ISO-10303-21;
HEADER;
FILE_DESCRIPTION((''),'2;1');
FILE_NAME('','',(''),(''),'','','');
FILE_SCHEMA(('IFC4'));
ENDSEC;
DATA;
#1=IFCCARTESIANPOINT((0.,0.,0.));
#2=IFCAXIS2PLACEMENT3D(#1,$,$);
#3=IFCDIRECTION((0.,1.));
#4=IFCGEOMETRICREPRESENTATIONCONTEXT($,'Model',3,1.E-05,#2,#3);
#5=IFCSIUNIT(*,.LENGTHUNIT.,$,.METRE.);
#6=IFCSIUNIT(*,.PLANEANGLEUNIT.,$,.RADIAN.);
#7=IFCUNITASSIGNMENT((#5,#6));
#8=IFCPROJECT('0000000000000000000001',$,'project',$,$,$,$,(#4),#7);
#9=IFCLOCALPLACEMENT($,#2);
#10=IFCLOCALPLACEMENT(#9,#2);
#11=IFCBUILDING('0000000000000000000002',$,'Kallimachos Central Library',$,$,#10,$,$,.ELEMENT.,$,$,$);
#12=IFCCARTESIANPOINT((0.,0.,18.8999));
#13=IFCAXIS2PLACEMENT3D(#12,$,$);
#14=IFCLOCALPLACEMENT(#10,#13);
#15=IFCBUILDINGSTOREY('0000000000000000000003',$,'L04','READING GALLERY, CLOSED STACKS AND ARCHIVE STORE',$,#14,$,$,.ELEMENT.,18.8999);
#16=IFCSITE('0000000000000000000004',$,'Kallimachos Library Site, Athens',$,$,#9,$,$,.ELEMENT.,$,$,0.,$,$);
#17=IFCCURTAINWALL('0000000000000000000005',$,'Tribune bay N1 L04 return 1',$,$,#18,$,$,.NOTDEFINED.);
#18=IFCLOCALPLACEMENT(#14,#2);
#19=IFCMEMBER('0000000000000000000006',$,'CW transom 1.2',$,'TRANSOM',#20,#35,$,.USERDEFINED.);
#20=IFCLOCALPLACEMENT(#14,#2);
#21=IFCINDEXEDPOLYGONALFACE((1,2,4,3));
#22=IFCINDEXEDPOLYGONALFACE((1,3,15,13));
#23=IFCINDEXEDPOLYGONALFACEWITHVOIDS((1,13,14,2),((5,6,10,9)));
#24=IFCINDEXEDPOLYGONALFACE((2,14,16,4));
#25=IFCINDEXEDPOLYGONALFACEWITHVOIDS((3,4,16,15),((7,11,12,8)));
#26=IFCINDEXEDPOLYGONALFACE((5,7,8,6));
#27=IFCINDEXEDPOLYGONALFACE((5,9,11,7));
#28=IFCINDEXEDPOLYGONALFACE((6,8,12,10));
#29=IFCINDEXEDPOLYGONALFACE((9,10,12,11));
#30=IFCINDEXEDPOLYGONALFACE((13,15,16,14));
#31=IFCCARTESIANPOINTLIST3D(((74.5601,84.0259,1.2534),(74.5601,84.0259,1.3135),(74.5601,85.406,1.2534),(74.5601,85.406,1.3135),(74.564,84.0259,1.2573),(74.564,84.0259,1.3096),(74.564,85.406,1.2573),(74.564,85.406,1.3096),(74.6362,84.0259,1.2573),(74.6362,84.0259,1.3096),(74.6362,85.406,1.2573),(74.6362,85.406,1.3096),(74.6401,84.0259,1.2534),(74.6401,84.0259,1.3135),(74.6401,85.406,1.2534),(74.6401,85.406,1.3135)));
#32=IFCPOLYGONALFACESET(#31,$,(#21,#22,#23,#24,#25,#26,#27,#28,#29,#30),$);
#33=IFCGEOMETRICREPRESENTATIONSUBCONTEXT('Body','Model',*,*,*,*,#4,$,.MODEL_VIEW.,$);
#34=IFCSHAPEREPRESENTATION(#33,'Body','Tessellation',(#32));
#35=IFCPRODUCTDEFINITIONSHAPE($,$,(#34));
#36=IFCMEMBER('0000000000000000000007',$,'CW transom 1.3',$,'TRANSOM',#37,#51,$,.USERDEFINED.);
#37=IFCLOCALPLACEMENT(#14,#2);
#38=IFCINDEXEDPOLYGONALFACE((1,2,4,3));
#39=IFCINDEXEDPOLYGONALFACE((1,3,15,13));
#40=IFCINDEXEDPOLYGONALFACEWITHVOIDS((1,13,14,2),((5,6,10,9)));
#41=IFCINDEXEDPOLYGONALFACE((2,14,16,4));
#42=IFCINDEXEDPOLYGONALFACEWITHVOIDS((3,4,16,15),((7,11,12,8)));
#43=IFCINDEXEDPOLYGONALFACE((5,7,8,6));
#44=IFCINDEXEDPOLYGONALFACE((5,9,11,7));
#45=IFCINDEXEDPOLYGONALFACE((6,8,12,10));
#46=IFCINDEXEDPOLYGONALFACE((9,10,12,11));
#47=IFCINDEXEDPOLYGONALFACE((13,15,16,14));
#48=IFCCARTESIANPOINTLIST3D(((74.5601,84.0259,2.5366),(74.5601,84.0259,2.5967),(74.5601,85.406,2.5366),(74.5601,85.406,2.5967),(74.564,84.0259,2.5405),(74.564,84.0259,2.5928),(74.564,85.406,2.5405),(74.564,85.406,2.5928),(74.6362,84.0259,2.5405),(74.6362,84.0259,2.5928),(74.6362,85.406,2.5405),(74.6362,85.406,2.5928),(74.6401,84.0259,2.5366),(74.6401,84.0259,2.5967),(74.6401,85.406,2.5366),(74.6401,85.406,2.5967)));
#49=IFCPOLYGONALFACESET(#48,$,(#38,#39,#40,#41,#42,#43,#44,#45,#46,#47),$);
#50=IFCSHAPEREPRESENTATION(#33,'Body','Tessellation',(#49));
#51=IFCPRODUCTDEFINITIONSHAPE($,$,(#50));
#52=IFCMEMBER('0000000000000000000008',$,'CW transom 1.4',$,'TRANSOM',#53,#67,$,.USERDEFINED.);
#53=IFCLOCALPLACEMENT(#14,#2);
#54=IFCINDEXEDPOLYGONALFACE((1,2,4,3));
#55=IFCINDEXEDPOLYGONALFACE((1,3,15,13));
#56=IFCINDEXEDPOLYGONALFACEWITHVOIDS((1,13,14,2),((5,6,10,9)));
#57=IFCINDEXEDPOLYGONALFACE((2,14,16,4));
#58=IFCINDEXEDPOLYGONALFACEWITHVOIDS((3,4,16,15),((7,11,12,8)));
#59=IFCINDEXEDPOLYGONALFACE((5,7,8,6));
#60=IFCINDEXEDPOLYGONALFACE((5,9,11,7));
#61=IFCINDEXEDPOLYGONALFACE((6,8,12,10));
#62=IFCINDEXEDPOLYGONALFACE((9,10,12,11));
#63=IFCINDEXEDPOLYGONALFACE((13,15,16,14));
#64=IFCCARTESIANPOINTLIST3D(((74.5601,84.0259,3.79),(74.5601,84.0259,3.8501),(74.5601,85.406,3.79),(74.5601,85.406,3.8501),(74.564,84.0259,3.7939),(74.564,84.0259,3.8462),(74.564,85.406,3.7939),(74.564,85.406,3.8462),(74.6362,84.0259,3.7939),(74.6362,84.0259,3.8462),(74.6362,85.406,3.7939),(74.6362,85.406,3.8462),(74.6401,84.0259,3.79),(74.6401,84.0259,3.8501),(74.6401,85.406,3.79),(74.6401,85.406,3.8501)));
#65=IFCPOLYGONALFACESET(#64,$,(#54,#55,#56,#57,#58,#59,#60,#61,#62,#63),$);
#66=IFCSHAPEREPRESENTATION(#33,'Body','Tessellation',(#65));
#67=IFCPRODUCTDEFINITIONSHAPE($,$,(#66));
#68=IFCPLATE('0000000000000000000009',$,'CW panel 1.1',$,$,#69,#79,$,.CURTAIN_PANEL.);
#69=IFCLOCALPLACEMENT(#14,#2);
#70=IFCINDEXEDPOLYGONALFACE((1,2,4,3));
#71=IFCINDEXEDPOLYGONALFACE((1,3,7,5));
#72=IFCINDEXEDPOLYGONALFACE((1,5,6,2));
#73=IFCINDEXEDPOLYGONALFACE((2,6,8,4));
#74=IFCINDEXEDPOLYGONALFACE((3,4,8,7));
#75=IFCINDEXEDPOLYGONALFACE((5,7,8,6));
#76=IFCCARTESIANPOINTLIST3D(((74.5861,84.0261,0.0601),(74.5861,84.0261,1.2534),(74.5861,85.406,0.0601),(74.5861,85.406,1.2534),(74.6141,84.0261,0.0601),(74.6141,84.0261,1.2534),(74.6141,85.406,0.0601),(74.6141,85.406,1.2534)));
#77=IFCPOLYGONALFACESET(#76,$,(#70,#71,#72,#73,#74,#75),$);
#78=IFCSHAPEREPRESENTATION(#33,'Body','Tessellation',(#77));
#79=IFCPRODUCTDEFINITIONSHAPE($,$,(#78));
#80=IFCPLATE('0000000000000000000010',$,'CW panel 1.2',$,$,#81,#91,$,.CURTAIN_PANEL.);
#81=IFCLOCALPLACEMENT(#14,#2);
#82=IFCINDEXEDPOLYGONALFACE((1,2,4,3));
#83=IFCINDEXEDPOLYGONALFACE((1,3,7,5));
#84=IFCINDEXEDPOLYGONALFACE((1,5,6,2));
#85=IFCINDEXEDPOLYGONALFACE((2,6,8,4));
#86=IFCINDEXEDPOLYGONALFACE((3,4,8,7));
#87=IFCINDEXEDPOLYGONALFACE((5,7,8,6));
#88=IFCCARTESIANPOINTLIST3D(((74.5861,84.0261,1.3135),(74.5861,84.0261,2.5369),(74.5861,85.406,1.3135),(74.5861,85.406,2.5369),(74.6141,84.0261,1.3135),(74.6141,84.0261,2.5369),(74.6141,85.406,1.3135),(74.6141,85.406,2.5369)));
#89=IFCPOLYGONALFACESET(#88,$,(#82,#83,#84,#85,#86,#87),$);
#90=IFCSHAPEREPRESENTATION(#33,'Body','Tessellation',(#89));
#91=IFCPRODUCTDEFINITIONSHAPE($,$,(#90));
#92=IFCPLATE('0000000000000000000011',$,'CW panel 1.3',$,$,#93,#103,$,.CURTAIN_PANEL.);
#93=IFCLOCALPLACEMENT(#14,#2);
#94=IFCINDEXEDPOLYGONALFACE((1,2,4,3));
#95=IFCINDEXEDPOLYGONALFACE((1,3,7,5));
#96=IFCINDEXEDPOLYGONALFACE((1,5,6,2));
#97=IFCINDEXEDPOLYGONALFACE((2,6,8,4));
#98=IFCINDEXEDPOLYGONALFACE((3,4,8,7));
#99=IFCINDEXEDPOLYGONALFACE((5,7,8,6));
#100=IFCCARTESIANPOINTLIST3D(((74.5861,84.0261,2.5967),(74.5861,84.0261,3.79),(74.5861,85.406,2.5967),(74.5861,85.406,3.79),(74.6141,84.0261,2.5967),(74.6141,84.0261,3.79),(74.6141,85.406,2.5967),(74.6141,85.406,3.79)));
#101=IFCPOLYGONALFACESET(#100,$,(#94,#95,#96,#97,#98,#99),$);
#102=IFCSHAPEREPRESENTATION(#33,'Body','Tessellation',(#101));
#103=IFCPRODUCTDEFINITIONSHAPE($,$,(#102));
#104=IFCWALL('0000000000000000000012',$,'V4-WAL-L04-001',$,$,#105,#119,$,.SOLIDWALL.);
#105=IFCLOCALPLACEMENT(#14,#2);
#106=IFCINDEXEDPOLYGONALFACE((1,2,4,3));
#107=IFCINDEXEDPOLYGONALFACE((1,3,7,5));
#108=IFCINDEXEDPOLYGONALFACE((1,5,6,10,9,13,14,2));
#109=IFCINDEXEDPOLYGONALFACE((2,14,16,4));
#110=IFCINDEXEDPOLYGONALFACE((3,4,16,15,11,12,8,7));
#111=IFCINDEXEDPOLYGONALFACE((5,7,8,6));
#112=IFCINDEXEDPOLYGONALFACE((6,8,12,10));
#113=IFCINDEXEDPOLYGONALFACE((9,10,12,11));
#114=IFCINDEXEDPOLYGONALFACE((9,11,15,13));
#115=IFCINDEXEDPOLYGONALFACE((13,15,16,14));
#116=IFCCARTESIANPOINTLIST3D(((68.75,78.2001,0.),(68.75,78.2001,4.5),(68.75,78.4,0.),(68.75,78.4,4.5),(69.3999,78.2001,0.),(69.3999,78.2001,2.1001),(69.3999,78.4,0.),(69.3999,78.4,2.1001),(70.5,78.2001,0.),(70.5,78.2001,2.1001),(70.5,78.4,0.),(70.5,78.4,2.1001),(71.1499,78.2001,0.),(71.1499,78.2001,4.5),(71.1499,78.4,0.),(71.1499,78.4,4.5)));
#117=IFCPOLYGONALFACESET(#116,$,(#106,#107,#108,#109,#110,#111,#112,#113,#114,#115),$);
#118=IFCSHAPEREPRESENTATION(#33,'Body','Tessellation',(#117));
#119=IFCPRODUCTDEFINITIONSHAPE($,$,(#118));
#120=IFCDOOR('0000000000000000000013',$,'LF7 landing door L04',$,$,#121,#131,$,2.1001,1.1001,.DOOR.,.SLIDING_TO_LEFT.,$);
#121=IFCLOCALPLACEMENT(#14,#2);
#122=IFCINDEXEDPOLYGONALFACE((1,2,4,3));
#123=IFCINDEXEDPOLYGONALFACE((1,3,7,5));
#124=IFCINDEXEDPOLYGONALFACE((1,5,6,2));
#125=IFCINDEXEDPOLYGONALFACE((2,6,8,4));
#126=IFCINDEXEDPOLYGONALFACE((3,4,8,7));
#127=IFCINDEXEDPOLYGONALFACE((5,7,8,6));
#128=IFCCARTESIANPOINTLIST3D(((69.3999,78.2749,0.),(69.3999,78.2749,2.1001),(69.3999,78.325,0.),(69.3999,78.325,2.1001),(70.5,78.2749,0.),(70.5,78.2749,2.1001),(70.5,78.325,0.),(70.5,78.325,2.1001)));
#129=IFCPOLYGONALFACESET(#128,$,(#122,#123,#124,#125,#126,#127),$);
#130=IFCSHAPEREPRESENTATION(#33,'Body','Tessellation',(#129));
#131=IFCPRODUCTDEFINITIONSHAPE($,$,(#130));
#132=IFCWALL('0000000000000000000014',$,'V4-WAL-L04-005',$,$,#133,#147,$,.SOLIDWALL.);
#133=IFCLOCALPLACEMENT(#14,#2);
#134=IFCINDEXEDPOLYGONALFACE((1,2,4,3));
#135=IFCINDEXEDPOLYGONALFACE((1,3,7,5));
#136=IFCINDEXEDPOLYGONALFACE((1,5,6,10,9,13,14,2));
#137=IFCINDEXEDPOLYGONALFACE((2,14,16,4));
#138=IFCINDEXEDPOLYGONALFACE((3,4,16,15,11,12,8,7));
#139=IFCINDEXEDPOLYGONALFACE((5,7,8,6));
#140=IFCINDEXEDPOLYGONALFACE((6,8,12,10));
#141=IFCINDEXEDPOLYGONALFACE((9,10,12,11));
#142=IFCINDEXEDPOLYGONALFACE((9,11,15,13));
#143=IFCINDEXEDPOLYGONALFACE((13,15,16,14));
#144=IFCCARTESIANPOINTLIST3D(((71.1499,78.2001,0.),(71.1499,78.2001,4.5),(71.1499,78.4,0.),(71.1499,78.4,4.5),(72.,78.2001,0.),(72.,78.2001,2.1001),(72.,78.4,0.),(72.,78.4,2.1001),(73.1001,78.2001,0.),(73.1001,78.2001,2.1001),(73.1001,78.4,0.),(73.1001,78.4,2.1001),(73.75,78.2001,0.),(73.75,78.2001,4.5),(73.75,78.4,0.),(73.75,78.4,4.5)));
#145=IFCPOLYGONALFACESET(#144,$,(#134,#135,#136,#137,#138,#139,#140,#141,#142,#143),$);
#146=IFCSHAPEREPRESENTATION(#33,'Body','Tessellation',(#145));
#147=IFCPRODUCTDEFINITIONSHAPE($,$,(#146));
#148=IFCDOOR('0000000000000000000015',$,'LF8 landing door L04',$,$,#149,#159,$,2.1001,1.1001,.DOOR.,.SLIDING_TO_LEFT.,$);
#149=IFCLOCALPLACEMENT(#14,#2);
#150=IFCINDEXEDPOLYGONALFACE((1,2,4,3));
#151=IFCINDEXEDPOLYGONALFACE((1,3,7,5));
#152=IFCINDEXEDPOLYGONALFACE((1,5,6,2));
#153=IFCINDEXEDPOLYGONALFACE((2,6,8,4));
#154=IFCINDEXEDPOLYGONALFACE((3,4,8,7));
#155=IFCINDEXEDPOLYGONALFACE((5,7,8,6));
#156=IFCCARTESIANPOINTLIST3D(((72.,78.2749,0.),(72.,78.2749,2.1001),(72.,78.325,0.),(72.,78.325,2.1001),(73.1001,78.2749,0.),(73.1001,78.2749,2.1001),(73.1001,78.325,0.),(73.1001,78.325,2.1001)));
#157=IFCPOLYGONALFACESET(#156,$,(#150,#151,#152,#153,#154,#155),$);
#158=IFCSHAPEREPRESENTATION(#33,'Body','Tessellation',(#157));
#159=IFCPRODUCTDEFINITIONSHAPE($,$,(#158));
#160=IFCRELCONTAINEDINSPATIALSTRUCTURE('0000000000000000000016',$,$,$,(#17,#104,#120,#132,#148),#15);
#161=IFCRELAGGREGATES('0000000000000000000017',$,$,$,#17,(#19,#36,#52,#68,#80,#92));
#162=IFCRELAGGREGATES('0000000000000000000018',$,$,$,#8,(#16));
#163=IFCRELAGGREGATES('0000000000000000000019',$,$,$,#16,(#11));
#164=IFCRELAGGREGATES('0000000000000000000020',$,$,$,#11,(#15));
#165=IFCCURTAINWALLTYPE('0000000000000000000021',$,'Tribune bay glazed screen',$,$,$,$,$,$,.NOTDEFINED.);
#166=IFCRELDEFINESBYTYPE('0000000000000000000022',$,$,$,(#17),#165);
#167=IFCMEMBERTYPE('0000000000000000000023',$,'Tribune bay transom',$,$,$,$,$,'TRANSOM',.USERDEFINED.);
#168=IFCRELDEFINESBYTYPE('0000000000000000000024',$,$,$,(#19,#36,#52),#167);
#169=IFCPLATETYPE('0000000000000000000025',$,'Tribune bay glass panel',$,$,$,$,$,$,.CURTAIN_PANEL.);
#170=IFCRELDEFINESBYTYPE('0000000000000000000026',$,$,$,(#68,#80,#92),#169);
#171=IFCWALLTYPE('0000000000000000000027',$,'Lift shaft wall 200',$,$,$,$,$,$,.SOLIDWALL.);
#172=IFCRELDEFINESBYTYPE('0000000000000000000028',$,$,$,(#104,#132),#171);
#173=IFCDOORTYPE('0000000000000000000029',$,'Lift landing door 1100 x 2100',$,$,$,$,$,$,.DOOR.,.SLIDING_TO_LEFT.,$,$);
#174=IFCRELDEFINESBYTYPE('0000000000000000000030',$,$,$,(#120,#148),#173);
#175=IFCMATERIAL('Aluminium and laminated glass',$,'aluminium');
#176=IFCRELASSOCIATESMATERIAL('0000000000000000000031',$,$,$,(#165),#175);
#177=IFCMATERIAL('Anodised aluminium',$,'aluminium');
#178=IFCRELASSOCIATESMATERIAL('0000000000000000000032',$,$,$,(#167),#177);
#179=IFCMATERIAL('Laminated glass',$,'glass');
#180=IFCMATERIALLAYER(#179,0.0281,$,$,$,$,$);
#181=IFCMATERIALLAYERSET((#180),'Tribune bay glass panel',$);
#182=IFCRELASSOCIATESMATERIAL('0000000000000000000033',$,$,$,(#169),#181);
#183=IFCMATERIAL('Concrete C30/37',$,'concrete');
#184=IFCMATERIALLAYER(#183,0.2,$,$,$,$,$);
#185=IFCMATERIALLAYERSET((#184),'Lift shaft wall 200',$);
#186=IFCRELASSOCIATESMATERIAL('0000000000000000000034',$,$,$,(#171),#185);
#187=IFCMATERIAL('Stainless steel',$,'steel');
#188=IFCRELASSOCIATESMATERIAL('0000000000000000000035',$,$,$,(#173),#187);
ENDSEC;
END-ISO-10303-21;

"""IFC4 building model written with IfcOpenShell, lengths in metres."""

from ifc_helpers import new_model, si_unit, direction, frame, frame_2d, origin, origin_2d, place, context, subcontext, project, spatial, rectangle, hollow_rectangle, extrude, material, layer, layer_set, material_profile, profile_set, type_object, element, fill, aggregate, save


model = new_model("IFC4")

# Units and contexts
model_context = context("Model", 3, precision=1e-05, world=origin(), true_north=direction((0.0, 1.0)))
body_context = subcontext(model_context, "Body", "Model", "MODEL_VIEW")
ifc_project = project(units=[si_unit("LENGTHUNIT", "METRE"), si_unit("PLANEANGLEUNIT", "RADIAN")], contexts=[model_context])

# Site, building, storey
site_placement = place(None, origin())
site = spatial("IfcSite", under=ifc_project, at=site_placement, Name="Kallimachos Library Site, Athens", CompositionType="ELEMENT", RefElevation=0.0)
building_placement = place(site_placement, origin())
building = spatial("IfcBuilding", under=site, at=building_placement, Name="Kallimachos Central Library", CompositionType="ELEMENT")
storey_placement = place(building_placement, frame((0.0, 0.0, 18.8999)))
storey = spatial("IfcBuildingStorey", under=building, at=storey_placement, Name="L04", Description="READING GALLERY, CLOSED STACKS AND ARCHIVE STORE", CompositionType="ELEMENT", Elevation=18.8999)

# Shared definitions
ifc_material_1 = material(Name="Aluminium and laminated glass", Category="aluminium")
curtain_wall_type = type_object("IfcCurtainWallType", Name="Tribune bay glazed screen", PredefinedType="NOTDEFINED", material=ifc_material_1)

# Curtain wall
curtain_wall_1_placement = place(storey_placement, origin())
curtain_wall_1 = element("IfcCurtainWall", 1, at=curtain_wall_1_placement, inside=storey, type_object=curtain_wall_type, Name="Tribune bay N1 L04 return 1", PredefinedType="NOTDEFINED")

# Members
ifc_material_2 = material(Name="Anodised aluminium", Category="aluminium")
ifc_material_profile_1 = material_profile(ifc_material_2, hollow_rectangle(XDim=0.0601, YDim=0.0801, WallThickness=0.0039, at=origin_2d()), Name="ALU TRANSOM 60x80")
ifc_profile_set_1 = profile_set([ifc_material_profile_1], Name="Anodised aluminium")
member_type_1 = type_object("IfcMemberType", Name="Tribune bay transom", ElementType="TRANSOM", PredefinedType="USERDEFINED", material=ifc_profile_set_1)
member_1_placement = place(storey_placement, frame((74.6001, 84.0259, 1.2834), z_axis=(0.0, 1.0, 0.0), x_axis=(0.0, 0.0, 1.0)))
member_1 = element("IfcMember", 2, at=member_1_placement, type_object=member_type_1, Name="CW transom 1.2", ObjectType="TRANSOM", PredefinedType="USERDEFINED", context=body_context, shape_type="SweptSolid", body=[
    extrude(hollow_rectangle(XDim=0.0601, YDim=0.0801, WallThickness=0.0039, at=origin_2d()), origin(), (0.0, 0.0, 1.0), 1.3801),
])
member_2_placement = place(storey_placement, frame((74.6001, 84.0259, 2.5667), z_axis=(0.0, 1.0, 0.0), x_axis=(0.0, 0.0, 1.0)))
member_2 = element("IfcMember", 3, at=member_2_placement, type_object=member_type_1, Name="CW transom 1.3", ObjectType="TRANSOM", PredefinedType="USERDEFINED", context=body_context, shape_type="SweptSolid", body=[
    extrude(hollow_rectangle(XDim=0.0601, YDim=0.0801, WallThickness=0.0039, at=origin_2d()), origin(), (0.0, 0.0, 1.0), 1.3801),
])
member_3_placement = place(storey_placement, frame((74.6001, 84.0259, 3.8201), z_axis=(0.0, 1.0, 0.0), x_axis=(0.0, 0.0, 1.0)))
member_3 = element("IfcMember", 4, at=member_3_placement, type_object=member_type_1, Name="CW transom 1.4", ObjectType="TRANSOM", PredefinedType="USERDEFINED", context=body_context, shape_type="SweptSolid", body=[
    extrude(hollow_rectangle(XDim=0.0601, YDim=0.0801, WallThickness=0.0039, at=origin_2d()), origin(), (0.0, 0.0, 1.0), 1.3801),
])

# Plates
ifc_material_3 = material(Name="Laminated glass", Category="glass")
ifc_layer_1 = layer(ifc_material_3, 0.0281)
ifc_layer_set_1 = layer_set([ifc_layer_1], Name="Tribune bay glass panel")
plate_type = type_object("IfcPlateType", Name="Tribune bay glass panel", PredefinedType="CURTAIN_PANEL", material=ifc_layer_set_1)
plate_1_placement = place(storey_placement, frame((74.6001, 84.7161, 0.0601), z_axis=(0.0, 0.0, 1.0), x_axis=(0.0, 1.0, 0.0)))
plate_1 = element("IfcPlate", 5, at=plate_1_placement, type_object=plate_type, Name="CW panel 1.1", PredefinedType="CURTAIN_PANEL", context=body_context, shape_type="SweptSolid", body=[
    extrude(rectangle(XDim=1.3799, YDim=0.0281, at=origin_2d()), origin(), (0.0, 0.0, 1.0), 1.1934),
])
plate_2_placement = place(storey_placement, frame((74.6001, 84.7161, 1.3135), z_axis=(0.0, 0.0, 1.0), x_axis=(0.0, 1.0, 0.0)))
plate_2 = element("IfcPlate", 6, at=plate_2_placement, type_object=plate_type, Name="CW panel 1.2", PredefinedType="CURTAIN_PANEL", context=body_context, shape_type="SweptSolid", body=[
    extrude(rectangle(XDim=1.3799, YDim=0.0281, at=origin_2d()), origin(), (0.0, 0.0, 1.0), 1.2234),
])
plate_3_placement = place(storey_placement, frame((74.6001, 84.7161, 2.5967), z_axis=(0.0, 0.0, 1.0), x_axis=(0.0, 1.0, 0.0)))
plate_3 = element("IfcPlate", 7, at=plate_3_placement, type_object=plate_type, Name="CW panel 1.3", PredefinedType="CURTAIN_PANEL", context=body_context, shape_type="SweptSolid", body=[
    extrude(rectangle(XDim=1.3799, YDim=0.0281, at=origin_2d()), origin(), (0.0, 0.0, 1.0), 1.1934),
])
aggregate(curtain_wall_1, [member_1, member_2, member_3, plate_1, plate_2, plate_3])

# Walls, openings, doors
ifc_material_4 = material(Name="Concrete C30/37", Category="concrete")
ifc_layer_2 = layer(ifc_material_4, 0.2)
ifc_layer_set_2 = layer_set([ifc_layer_2], Name="Lift shaft wall 200")
wall_type_1 = type_object("IfcWallType", Name="Lift shaft wall 200", PredefinedType="SOLIDWALL", material=ifc_layer_set_2)
wall_1_placement = place(storey_placement, frame((68.75, 78.3, 0.0), z_axis=(0.0, 0.0, 1.0), x_axis=(1.0, 0.0, 0.0)))
wall_1 = element("IfcWall", 8, at=wall_1_placement, inside=storey, type_object=wall_type_1, Name="V4-WAL-L04-001", PredefinedType="SOLIDWALL", context=body_context, shape_type="SweptSolid", body=[
    extrude(rectangle(XDim=2.3999, YDim=0.2, at=frame_2d((1.2, 0.0))), origin(), (0.0, 0.0, 1.0), 4.5),
])
opening_1_placement = place(wall_1_placement, frame((0.6499, 0.0, 0.0)))
opening_1 = element("IfcOpeningElement", 9, at=opening_1_placement, cuts=wall_1, PredefinedType="OPENING", context=body_context, shape_type="SweptSolid", body=[
    extrude(rectangle(XDim=1.1001, YDim=2.1001, at=frame_2d((0.55, 1.05))), frame((0.0, 0.1099, 0.0), z_axis=(0.0, -1.0, 0.0), x_axis=(1.0, 0.0, 0.0)), (0.0, 0.0, 1.0), 0.22),
])
ifc_material_5 = material(Name="Stainless steel", Category="steel")
door_type = type_object("IfcDoorType", Name="Lift landing door 1100 x 2100", OperationType="SLIDING_TO_LEFT", PredefinedType="DOOR", material=ifc_material_5)
door_1_placement = place(opening_1_placement, origin())
door_1 = element("IfcDoor", 10, at=door_1_placement, inside=storey, type_object=door_type, Name="LF7 landing door L04", OperationType="SLIDING_TO_LEFT", OverallHeight=2.1001, OverallWidth=1.1001, PredefinedType="DOOR", context=body_context, shape_type="SweptSolid", body=[
    extrude(rectangle(XDim=1.1001, YDim=2.1001, at=frame_2d((0.55, 1.05))), frame((0.0, 0.0249, 0.0), z_axis=(0.0, -1.0, 0.0), x_axis=(1.0, 0.0, 0.0)), (0.0, 0.0, 1.0), 0.05),
])
fill(opening_1, door_1)
wall_2_placement = place(storey_placement, frame((71.1499, 78.3, 0.0), z_axis=(0.0, 0.0, 1.0), x_axis=(1.0, 0.0, 0.0)))
wall_2 = element("IfcWall", 11, at=wall_2_placement, inside=storey, type_object=wall_type_1, Name="V4-WAL-L04-005", PredefinedType="SOLIDWALL", context=body_context, shape_type="SweptSolid", body=[
    extrude(rectangle(XDim=2.6001, YDim=0.2, at=frame_2d((1.3, 0.0))), origin(), (0.0, 0.0, 1.0), 4.5),
])
opening_2_placement = place(wall_2_placement, frame((0.8501, 0.0, 0.0)))
opening_2 = element("IfcOpeningElement", 12, at=opening_2_placement, cuts=wall_2, PredefinedType="OPENING", context=body_context, shape_type="SweptSolid", body=[
    extrude(rectangle(XDim=1.1001, YDim=2.1001, at=frame_2d((0.55, 1.05))), frame((0.0, 0.1099, 0.0), z_axis=(0.0, -1.0, 0.0), x_axis=(1.0, 0.0, 0.0)), (0.0, 0.0, 1.0), 0.22),
])
door_2_placement = place(opening_2_placement, origin())
door_2 = element("IfcDoor", 13, at=door_2_placement, inside=storey, type_object=door_type, Name="LF8 landing door L04", OperationType="SLIDING_TO_LEFT", OverallHeight=2.1001, OverallWidth=1.1001, PredefinedType="DOOR", context=body_context, shape_type="SweptSolid", body=[
    extrude(rectangle(XDim=1.1001, YDim=2.1001, at=frame_2d((0.55, 1.05))), frame((0.0, 0.0249, 0.0), z_axis=(0.0, -1.0, 0.0), x_axis=(1.0, 0.0, 0.0)), (0.0, 0.0, 1.0), 0.05),
])
fill(opening_2, door_2)

save(model, "model.ifc")
